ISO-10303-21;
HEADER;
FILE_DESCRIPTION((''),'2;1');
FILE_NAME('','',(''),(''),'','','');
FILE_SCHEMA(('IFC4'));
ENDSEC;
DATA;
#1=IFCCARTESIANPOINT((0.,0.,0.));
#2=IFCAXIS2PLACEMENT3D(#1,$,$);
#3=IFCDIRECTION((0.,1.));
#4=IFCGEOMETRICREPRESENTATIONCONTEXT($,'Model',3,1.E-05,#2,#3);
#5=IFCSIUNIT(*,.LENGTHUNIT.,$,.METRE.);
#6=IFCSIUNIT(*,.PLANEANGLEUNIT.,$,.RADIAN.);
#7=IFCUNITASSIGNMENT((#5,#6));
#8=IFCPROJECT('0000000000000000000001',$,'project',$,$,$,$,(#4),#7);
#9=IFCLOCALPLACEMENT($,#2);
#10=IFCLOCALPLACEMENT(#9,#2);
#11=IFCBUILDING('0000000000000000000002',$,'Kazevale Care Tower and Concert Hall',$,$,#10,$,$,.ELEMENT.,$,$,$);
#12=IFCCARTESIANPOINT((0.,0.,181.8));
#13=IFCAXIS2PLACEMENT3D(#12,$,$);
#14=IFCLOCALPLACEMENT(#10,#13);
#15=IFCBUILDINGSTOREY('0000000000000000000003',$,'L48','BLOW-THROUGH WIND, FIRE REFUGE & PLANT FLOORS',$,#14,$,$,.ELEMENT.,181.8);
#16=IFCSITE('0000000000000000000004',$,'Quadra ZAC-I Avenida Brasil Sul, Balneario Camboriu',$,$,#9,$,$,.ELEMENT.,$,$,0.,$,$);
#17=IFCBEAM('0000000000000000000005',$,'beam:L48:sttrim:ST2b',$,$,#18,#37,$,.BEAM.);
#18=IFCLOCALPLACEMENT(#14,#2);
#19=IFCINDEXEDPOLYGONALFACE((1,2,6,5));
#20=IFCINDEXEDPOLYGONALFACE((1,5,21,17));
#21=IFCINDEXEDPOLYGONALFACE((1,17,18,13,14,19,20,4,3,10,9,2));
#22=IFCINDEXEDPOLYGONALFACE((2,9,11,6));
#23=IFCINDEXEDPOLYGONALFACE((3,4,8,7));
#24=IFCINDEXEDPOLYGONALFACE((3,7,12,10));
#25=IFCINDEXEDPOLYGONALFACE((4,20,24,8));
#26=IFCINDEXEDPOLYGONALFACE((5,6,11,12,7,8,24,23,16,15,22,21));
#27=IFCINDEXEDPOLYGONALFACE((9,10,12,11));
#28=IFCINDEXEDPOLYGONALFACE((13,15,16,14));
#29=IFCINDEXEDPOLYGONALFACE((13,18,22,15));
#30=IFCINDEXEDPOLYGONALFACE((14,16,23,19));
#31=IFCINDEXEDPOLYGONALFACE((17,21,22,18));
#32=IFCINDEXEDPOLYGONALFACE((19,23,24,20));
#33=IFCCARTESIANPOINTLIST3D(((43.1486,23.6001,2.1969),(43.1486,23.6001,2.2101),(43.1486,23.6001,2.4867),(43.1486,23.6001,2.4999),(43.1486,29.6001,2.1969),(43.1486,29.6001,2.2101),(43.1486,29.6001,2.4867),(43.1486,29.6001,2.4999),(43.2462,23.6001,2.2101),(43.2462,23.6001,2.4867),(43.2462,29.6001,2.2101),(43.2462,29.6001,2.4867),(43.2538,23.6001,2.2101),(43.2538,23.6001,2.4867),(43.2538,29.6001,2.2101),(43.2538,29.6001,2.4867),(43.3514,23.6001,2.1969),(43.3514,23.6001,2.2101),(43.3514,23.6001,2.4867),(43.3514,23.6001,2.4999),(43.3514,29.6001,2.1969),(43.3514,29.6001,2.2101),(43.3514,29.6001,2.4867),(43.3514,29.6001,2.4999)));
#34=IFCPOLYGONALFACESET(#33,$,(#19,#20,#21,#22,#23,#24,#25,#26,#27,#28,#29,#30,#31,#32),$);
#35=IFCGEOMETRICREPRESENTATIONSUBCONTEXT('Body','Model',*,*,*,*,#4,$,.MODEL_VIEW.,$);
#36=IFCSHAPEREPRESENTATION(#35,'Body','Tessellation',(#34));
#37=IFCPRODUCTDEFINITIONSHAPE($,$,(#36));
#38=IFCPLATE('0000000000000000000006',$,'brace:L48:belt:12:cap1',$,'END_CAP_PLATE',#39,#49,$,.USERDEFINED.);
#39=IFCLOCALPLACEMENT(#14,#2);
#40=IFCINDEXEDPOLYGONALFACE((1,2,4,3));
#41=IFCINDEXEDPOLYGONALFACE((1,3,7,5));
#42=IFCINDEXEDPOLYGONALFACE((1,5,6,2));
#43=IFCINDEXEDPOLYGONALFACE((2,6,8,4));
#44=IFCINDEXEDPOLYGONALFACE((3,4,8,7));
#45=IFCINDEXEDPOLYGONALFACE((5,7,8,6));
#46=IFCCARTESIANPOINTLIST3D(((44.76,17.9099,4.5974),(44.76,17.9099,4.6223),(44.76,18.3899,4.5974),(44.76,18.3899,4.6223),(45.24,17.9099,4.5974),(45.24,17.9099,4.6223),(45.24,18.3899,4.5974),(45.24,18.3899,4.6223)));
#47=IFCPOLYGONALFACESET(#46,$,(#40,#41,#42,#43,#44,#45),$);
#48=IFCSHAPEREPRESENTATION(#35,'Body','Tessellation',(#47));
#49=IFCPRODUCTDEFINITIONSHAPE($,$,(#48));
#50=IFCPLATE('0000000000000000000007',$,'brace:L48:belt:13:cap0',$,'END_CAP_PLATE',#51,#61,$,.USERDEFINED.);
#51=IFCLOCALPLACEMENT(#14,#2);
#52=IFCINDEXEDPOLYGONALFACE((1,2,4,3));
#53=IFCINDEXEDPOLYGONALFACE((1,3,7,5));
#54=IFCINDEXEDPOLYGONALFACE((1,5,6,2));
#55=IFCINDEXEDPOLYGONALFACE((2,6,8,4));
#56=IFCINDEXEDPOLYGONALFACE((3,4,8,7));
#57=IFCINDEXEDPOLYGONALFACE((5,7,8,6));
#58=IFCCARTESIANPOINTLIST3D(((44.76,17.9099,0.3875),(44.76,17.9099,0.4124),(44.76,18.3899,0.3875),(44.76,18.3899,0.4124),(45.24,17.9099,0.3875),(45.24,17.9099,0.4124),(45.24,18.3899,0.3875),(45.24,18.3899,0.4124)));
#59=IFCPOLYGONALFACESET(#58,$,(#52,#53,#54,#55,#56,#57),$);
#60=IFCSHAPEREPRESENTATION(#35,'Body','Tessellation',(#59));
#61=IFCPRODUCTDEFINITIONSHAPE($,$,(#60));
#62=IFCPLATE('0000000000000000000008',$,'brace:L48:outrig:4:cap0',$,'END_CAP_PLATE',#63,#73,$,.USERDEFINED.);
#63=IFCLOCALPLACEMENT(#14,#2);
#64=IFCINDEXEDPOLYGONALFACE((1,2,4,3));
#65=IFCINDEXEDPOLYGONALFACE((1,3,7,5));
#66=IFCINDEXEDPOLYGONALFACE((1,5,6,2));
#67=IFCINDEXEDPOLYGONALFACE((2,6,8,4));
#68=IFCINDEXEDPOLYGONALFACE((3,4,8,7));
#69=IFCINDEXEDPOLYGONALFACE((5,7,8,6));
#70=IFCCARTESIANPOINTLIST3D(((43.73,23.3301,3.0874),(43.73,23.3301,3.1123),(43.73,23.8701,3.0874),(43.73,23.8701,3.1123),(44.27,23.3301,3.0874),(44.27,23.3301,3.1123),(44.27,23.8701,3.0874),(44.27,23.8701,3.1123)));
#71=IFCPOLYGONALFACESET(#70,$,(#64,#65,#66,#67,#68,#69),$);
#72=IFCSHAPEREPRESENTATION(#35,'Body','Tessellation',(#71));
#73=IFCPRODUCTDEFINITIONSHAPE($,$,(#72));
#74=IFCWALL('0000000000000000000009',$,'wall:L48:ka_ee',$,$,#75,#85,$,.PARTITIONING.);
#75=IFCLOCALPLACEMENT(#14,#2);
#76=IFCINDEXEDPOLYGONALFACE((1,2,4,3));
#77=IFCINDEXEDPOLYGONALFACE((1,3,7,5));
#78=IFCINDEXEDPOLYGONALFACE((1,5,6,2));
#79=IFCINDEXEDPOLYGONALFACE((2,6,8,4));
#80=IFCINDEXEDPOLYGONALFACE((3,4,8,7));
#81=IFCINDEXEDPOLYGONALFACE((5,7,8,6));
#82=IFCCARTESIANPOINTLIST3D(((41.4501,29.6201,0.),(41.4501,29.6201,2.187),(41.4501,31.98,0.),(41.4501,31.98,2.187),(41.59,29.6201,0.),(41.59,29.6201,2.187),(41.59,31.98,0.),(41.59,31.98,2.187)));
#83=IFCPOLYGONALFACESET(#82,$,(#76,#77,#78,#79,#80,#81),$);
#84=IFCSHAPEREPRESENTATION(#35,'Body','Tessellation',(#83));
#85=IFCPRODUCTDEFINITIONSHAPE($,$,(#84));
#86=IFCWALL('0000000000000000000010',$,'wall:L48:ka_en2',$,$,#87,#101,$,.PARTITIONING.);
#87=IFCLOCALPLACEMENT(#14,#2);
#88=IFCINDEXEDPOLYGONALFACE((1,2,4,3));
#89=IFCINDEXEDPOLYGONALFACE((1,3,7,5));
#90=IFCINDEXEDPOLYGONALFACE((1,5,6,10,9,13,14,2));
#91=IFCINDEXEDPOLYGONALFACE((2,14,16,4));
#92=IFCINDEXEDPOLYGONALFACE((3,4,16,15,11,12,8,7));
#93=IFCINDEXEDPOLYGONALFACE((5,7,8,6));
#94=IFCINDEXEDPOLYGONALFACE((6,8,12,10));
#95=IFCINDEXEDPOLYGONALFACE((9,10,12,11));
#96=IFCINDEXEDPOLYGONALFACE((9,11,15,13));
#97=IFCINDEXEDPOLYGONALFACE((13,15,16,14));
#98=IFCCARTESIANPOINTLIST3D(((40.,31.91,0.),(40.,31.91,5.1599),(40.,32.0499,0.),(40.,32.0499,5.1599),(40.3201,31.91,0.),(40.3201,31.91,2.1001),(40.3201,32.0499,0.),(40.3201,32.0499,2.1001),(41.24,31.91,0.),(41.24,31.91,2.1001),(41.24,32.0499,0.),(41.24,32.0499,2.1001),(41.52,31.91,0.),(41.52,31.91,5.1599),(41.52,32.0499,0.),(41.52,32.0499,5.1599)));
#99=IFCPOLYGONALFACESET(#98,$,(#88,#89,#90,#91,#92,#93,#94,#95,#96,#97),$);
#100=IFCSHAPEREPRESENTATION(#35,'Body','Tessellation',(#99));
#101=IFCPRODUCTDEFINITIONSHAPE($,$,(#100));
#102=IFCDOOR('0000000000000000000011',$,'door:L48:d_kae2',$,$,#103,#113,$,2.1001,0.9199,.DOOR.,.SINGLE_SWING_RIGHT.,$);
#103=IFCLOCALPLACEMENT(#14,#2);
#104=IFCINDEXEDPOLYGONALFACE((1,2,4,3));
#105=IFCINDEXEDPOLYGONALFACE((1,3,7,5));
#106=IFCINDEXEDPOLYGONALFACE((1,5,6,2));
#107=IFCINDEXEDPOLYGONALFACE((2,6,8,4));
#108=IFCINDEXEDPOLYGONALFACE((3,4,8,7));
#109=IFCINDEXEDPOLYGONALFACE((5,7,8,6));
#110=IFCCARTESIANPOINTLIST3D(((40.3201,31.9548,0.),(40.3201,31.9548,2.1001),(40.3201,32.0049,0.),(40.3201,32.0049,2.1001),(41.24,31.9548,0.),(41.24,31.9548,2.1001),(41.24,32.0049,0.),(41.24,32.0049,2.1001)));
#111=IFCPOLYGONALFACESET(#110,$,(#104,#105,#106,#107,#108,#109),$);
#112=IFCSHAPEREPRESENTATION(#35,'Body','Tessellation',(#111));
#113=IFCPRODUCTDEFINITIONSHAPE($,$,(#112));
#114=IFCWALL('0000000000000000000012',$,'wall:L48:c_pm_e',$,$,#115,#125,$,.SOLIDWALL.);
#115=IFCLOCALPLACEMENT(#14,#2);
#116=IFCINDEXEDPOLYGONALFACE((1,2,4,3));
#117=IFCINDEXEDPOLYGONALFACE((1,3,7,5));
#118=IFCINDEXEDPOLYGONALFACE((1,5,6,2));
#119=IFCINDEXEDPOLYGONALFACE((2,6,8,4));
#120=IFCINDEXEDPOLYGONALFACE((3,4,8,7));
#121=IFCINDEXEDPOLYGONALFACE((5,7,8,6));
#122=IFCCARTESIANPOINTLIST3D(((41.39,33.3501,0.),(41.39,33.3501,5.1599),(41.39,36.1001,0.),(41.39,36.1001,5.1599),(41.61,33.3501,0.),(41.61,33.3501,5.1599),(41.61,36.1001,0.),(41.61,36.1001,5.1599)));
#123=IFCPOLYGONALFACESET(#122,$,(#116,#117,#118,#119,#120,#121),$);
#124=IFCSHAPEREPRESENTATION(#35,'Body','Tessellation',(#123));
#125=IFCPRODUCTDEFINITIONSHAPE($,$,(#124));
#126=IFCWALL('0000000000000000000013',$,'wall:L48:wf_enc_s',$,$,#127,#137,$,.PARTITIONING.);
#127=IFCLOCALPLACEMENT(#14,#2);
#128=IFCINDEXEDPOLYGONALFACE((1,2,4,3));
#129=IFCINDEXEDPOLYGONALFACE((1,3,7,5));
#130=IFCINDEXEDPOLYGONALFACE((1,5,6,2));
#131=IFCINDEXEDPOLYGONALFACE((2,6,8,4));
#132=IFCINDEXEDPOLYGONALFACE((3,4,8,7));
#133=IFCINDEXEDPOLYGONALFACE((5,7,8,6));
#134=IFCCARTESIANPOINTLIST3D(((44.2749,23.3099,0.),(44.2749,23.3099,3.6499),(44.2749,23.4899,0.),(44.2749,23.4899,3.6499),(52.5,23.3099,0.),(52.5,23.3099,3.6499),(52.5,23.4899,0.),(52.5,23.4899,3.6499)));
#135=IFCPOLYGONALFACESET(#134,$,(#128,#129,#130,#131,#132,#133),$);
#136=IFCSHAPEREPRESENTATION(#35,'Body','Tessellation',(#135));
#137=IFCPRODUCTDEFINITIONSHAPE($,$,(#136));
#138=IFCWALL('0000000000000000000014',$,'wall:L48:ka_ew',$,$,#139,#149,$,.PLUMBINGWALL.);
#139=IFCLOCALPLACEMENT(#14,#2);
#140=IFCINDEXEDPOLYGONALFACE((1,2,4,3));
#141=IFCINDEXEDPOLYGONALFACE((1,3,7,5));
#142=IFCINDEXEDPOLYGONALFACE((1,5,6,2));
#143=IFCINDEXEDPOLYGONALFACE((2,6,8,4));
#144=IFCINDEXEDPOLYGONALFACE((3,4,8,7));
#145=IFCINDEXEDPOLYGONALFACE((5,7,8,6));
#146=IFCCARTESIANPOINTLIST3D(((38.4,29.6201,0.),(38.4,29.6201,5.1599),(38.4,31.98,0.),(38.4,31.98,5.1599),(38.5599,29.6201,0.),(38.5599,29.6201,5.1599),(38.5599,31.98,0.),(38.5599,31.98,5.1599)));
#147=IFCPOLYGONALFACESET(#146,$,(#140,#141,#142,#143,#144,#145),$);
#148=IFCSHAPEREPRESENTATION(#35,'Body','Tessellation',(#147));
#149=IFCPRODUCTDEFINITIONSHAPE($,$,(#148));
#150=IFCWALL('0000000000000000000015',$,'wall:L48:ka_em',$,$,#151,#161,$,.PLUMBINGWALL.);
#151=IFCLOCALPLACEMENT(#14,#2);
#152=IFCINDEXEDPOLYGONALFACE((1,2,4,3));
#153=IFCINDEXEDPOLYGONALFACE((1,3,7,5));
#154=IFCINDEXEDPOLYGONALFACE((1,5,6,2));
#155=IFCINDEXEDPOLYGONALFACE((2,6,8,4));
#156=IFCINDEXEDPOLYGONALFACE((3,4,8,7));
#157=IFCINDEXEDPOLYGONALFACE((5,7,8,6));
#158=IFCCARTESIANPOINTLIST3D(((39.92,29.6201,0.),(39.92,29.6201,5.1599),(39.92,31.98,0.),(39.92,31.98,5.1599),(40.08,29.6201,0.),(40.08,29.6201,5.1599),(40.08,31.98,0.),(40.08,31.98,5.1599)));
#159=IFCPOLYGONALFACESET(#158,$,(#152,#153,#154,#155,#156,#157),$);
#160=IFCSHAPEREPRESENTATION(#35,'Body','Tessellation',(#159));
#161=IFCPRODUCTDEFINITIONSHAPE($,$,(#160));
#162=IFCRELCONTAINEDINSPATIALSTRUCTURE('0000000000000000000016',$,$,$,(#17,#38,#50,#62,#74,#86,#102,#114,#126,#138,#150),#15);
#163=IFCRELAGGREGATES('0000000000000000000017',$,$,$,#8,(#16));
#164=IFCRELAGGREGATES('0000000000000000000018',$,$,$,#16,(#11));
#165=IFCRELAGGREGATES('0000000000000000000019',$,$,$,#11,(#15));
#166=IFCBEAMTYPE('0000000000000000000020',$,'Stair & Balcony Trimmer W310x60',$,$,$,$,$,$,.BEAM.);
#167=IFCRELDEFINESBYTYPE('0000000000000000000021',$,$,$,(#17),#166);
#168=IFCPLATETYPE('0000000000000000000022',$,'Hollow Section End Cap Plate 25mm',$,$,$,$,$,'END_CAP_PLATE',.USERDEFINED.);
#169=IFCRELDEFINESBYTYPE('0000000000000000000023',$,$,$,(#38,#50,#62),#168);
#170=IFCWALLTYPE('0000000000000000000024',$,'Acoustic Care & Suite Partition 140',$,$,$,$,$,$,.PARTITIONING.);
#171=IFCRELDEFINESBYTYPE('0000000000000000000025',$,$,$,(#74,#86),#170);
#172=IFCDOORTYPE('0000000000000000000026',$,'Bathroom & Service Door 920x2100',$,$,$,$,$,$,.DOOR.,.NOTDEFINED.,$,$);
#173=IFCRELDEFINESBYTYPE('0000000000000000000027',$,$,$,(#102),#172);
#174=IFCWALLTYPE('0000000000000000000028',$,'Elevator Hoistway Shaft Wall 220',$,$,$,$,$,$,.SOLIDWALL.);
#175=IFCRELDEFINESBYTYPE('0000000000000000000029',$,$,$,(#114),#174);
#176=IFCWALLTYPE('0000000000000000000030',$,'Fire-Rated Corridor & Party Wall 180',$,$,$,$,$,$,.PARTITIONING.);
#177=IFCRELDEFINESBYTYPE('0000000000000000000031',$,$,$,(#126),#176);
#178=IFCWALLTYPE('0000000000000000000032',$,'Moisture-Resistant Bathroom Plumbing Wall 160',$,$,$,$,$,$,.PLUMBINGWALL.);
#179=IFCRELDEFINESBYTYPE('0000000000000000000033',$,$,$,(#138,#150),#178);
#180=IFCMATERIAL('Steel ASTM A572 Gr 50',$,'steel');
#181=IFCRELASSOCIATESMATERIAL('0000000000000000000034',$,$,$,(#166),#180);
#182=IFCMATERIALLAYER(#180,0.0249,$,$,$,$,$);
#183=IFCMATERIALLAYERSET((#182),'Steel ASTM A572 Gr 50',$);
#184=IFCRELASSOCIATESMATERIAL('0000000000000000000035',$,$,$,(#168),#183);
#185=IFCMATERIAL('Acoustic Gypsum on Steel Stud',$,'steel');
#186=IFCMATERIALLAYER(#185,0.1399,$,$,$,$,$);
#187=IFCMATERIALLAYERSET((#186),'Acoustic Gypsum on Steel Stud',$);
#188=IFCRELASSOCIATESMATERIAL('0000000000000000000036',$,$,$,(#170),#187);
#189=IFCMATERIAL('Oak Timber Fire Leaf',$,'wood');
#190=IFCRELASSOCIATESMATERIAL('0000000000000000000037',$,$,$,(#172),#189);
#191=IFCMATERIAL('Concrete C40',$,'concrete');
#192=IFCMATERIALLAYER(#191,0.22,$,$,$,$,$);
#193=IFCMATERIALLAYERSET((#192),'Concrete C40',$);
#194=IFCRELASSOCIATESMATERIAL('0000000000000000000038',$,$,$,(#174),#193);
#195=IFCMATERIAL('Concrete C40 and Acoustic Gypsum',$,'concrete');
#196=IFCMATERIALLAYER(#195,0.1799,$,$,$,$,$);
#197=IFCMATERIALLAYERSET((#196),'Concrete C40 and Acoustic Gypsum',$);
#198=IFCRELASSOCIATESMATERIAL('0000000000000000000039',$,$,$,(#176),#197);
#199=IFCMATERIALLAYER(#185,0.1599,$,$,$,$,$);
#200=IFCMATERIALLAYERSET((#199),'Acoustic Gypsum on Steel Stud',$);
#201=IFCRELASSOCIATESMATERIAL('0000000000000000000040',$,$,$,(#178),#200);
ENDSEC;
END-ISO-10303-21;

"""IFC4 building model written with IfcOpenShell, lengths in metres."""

from ifc_helpers import new_model, si_unit, direction, frame, frame_2d, origin, origin_2d, place, context, subcontext, project, spatial, rectangle, i_section, extrude, material, layer, layer_set, material_profile, profile_set, type_object, element, fill, save


model = new_model("IFC4")

# Units and contexts
model_context = context("Model", 3, precision=1e-05, world=origin(), true_north=direction((0.0, 1.0)))
body_context = subcontext(model_context, "Body", "Model", "MODEL_VIEW")
ifc_project = project(units=[si_unit("LENGTHUNIT", "METRE"), si_unit("PLANEANGLEUNIT", "RADIAN")], contexts=[model_context])

# Site, building, storey
site_placement = place(None, origin())
site = spatial("IfcSite", under=ifc_project, at=site_placement, Name="Quadra ZAC-I Avenida Brasil Sul, Balneario Camboriu", CompositionType="ELEMENT", RefElevation=0.0)
building_placement = place(site_placement, origin())
building = spatial("IfcBuilding", under=site, at=building_placement, Name="Kazevale Care Tower and Concert Hall", CompositionType="ELEMENT")
storey_placement = place(building_placement, frame((0.0, 0.0, 181.8)))
storey = spatial("IfcBuildingStorey", under=building, at=storey_placement, Name="L48", Description="BLOW-THROUGH WIND, FIRE REFUGE & PLANT FLOORS", CompositionType="ELEMENT", Elevation=181.8)

# Shared definitions
ifc_material_1 = material(Name="Steel ASTM A572 Gr 50", Category="steel")

# Beam
ifc_material_profile_1 = material_profile(ifc_material_1, i_section(OverallWidth=0.2029, OverallDepth=0.303, WebThickness=0.0076, FlangeThickness=0.0132, at=origin_2d()), Name="W310x60")
ifc_profile_set_1 = profile_set([ifc_material_profile_1], Name="Steel ASTM A572 Gr 50")
beam_type_1 = type_object("IfcBeamType", Name="Stair & Balcony Trimmer W310x60", PredefinedType="BEAM", material=ifc_profile_set_1)
for number, where, z_axis, x_axis, name in (
    (1, (43.25, 23.6001, 2.3484), (0.0, 1.0, 0.0), (-1.0, 0.0, 0.0), "beam:L48:sttrim:ST2b"),
):
    element("IfcBeam", number, at=place(storey_placement, frame(where, z_axis=z_axis, x_axis=x_axis)), inside=storey, type_object=beam_type_1, Name=name, PredefinedType="BEAM", context=body_context, shape_type="SweptSolid", body=[
        extrude(i_section(OverallWidth=0.2029, OverallDepth=0.303, WebThickness=0.0076, FlangeThickness=0.0132, at=origin_2d()), origin(), (0.0, 0.0, 1.0), 6.0),
    ])

# Plates
ifc_layer_1 = layer(ifc_material_1, 0.0249)
ifc_layer_set_1 = layer_set([ifc_layer_1], Name="Steel ASTM A572 Gr 50")
plate_type = type_object("IfcPlateType", Name="Hollow Section End Cap Plate 25mm", ElementType="END_CAP_PLATE", PredefinedType="USERDEFINED", material=ifc_layer_set_1)
for number, where, z_axis, x_axis, name in (
    (2, (45.0, 18.1499, 4.5974), (0.0, 0.0, 1.0), (1.0, 0.0, 0.0), "brace:L48:belt:12:cap1"),
    (3, (45.0, 18.1499, 0.3875), (0.0, 0.0, 1.0), (1.0, 0.0, 0.0), "brace:L48:belt:13:cap0"),
):
    element("IfcPlate", number, at=place(storey_placement, frame(where, z_axis=z_axis, x_axis=x_axis)), inside=storey, type_object=plate_type, Name=name, ObjectType="END_CAP_PLATE", PredefinedType="USERDEFINED", context=body_context, shape_type="SweptSolid", body=[
        extrude(rectangle(XDim=0.48, YDim=0.48, at=origin_2d()), origin(), (0.0, 0.0, 1.0), 0.0249),
    ])
plate_placement = place(storey_placement, frame((44.0, 23.6001, 3.0874), z_axis=(0.0, 0.0, 1.0), x_axis=(1.0, 0.0, 0.0)))
element("IfcPlate", 4, at=plate_placement, inside=storey, type_object=plate_type, Name="brace:L48:outrig:4:cap0", ObjectType="END_CAP_PLATE", PredefinedType="USERDEFINED", context=body_context, shape_type="SweptSolid", body=[
    extrude(rectangle(XDim=0.54, YDim=0.54, at=origin_2d()), origin(), (0.0, 0.0, 1.0), 0.0249),
])

# Wall
ifc_material_2 = material(Name="Acoustic Gypsum on Steel Stud", Category="steel")
ifc_layer_2 = layer(ifc_material_2, 0.1399)
ifc_layer_set_2 = layer_set([ifc_layer_2], Name="Acoustic Gypsum on Steel Stud")
wall_type_1 = type_object("IfcWallType", Name="Acoustic Care & Suite Partition 140", PredefinedType="PARTITIONING", material=ifc_layer_set_2)
wall_1_placement = place(storey_placement, frame((41.52, 29.6201, 0.0), z_axis=(0.0, 0.0, 1.0), x_axis=(0.0, 1.0, 0.0)))
element("IfcWall", 5, at=wall_1_placement, inside=storey, type_object=wall_type_1, Name="wall:L48:ka_ee", PredefinedType="PARTITIONING", context=body_context, shape_type="SweptSolid", body=[
    extrude(rectangle(XDim=2.3599, YDim=0.1399, at=frame_2d((1.1799, 0.0))), origin(), (0.0, 0.0, 1.0), 2.187),
])

# Wall, opening, door
wall_2_placement = place(storey_placement, frame((40.0, 31.98, 0.0), z_axis=(0.0, 0.0, 1.0), x_axis=(1.0, 0.0, 0.0)))
wall_2 = element("IfcWall", 6, at=wall_2_placement, inside=storey, type_object=wall_type_1, Name="wall:L48:ka_en2", PredefinedType="PARTITIONING", context=body_context, shape_type="SweptSolid", body=[
    extrude(rectangle(XDim=1.52, YDim=0.1399, at=frame_2d((0.76, 0.0))), origin(), (0.0, 0.0, 1.0), 5.1599),
])
opening_1_placement = place(wall_2_placement, frame((0.3201, 0.0, 0.0)))
opening_1 = element("IfcOpeningElement", 7, at=opening_1_placement, cuts=wall_2, PredefinedType="OPENING", context=body_context, shape_type="SweptSolid", body=[
    extrude(rectangle(XDim=0.9199, YDim=2.1001, at=frame_2d((0.46, 1.05))), frame((0.0, 0.0798, 0.0), z_axis=(0.0, -1.0, 0.0), x_axis=(1.0, 0.0, 0.0)), (0.0, 0.0, 1.0), 0.1599),
])
ifc_material_3 = material(Name="Oak Timber Fire Leaf", Category="wood")
door_type_1 = type_object("IfcDoorType", Name="Bathroom & Service Door 920x2100", OperationType="NOTDEFINED", PredefinedType="DOOR", material=ifc_material_3)
door_1_placement = place(opening_1_placement, origin())
door_1 = element("IfcDoor", 8, at=door_1_placement, inside=storey, type_object=door_type_1, Name="door:L48:d_kae2", OperationType="SINGLE_SWING_RIGHT", OverallHeight=2.1001, OverallWidth=0.9199, PredefinedType="DOOR", context=body_context, shape_type="SweptSolid", body=[
    extrude(rectangle(XDim=0.9199, YDim=2.1001, at=frame_2d((0.46, 1.05))), frame((0.0, 0.0249, 0.0), z_axis=(0.0, -1.0, 0.0), x_axis=(1.0, 0.0, 0.0)), (0.0, 0.0, 1.0), 0.05),
])
fill(opening_1, door_1)

# Walls
ifc_material_4 = material(Name="Concrete C40", Category="concrete")
ifc_layer_3 = layer(ifc_material_4, 0.22)
ifc_layer_set_3 = layer_set([ifc_layer_3], Name="Concrete C40")
wall_type_2 = type_object("IfcWallType", Name="Elevator Hoistway Shaft Wall 220", PredefinedType="SOLIDWALL", material=ifc_layer_set_3)
wall_3_placement = place(storey_placement, frame((41.5, 33.3501, 0.0), z_axis=(0.0, 0.0, 1.0), x_axis=(0.0, 1.0, 0.0)))
element("IfcWall", 9, at=wall_3_placement, inside=storey, type_object=wall_type_2, Name="wall:L48:c_pm_e", PredefinedType="SOLIDWALL", context=body_context, shape_type="SweptSolid", body=[
    extrude(rectangle(XDim=2.75, YDim=0.22, at=frame_2d((1.375, 0.0))), origin(), (0.0, 0.0, 1.0), 5.1599),
])
ifc_material_5 = material(Name="Concrete C40 and Acoustic Gypsum", Category="concrete")
ifc_layer_4 = layer(ifc_material_5, 0.1799)
ifc_layer_set_4 = layer_set([ifc_layer_4], Name="Concrete C40 and Acoustic Gypsum")
wall_type_3 = type_object("IfcWallType", Name="Fire-Rated Corridor & Party Wall 180", PredefinedType="PARTITIONING", material=ifc_layer_set_4)
wall_4_placement = place(storey_placement, frame((44.2749, 23.3999, 0.0), z_axis=(0.0, 0.0, 1.0), x_axis=(1.0, 0.0, 0.0)))
element("IfcWall", 10, at=wall_4_placement, inside=storey, type_object=wall_type_3, Name="wall:L48:wf_enc_s", PredefinedType="PARTITIONING", context=body_context, shape_type="SweptSolid", body=[
    extrude(rectangle(XDim=8.2251, YDim=0.1799, at=frame_2d((4.1125, 0.0))), origin(), (0.0, 0.0, 1.0), 3.6499),
])
ifc_layer_5 = layer(ifc_material_2, 0.1599)
ifc_layer_set_5 = layer_set([ifc_layer_5], Name="Acoustic Gypsum on Steel Stud")
wall_type_4 = type_object("IfcWallType", Name="Moisture-Resistant Bathroom Plumbing Wall 160", PredefinedType="PLUMBINGWALL", material=ifc_layer_set_5)
for number, where, z_axis, x_axis, name in (
    (11, (38.48, 29.6201, 0.0), (0.0, 0.0, 1.0), (0.0, 1.0, 0.0), "wall:L48:ka_ew"),
    (12, (40.0, 29.6201, 0.0), (0.0, 0.0, 1.0), (0.0, 1.0, 0.0), "wall:L48:ka_em"),
):
    element("IfcWall", number, at=place(storey_placement, frame(where, z_axis=z_axis, x_axis=x_axis)), inside=storey, type_object=wall_type_4, Name=name, PredefinedType="PLUMBINGWALL", context=body_context, shape_type="SweptSolid", body=[
        extrude(rectangle(XDim=2.3599, YDim=0.1599, at=frame_2d((1.1799, 0.0))), origin(), (0.0, 0.0, 1.0), 5.1599),
    ])

save(model, "model.ifc")
